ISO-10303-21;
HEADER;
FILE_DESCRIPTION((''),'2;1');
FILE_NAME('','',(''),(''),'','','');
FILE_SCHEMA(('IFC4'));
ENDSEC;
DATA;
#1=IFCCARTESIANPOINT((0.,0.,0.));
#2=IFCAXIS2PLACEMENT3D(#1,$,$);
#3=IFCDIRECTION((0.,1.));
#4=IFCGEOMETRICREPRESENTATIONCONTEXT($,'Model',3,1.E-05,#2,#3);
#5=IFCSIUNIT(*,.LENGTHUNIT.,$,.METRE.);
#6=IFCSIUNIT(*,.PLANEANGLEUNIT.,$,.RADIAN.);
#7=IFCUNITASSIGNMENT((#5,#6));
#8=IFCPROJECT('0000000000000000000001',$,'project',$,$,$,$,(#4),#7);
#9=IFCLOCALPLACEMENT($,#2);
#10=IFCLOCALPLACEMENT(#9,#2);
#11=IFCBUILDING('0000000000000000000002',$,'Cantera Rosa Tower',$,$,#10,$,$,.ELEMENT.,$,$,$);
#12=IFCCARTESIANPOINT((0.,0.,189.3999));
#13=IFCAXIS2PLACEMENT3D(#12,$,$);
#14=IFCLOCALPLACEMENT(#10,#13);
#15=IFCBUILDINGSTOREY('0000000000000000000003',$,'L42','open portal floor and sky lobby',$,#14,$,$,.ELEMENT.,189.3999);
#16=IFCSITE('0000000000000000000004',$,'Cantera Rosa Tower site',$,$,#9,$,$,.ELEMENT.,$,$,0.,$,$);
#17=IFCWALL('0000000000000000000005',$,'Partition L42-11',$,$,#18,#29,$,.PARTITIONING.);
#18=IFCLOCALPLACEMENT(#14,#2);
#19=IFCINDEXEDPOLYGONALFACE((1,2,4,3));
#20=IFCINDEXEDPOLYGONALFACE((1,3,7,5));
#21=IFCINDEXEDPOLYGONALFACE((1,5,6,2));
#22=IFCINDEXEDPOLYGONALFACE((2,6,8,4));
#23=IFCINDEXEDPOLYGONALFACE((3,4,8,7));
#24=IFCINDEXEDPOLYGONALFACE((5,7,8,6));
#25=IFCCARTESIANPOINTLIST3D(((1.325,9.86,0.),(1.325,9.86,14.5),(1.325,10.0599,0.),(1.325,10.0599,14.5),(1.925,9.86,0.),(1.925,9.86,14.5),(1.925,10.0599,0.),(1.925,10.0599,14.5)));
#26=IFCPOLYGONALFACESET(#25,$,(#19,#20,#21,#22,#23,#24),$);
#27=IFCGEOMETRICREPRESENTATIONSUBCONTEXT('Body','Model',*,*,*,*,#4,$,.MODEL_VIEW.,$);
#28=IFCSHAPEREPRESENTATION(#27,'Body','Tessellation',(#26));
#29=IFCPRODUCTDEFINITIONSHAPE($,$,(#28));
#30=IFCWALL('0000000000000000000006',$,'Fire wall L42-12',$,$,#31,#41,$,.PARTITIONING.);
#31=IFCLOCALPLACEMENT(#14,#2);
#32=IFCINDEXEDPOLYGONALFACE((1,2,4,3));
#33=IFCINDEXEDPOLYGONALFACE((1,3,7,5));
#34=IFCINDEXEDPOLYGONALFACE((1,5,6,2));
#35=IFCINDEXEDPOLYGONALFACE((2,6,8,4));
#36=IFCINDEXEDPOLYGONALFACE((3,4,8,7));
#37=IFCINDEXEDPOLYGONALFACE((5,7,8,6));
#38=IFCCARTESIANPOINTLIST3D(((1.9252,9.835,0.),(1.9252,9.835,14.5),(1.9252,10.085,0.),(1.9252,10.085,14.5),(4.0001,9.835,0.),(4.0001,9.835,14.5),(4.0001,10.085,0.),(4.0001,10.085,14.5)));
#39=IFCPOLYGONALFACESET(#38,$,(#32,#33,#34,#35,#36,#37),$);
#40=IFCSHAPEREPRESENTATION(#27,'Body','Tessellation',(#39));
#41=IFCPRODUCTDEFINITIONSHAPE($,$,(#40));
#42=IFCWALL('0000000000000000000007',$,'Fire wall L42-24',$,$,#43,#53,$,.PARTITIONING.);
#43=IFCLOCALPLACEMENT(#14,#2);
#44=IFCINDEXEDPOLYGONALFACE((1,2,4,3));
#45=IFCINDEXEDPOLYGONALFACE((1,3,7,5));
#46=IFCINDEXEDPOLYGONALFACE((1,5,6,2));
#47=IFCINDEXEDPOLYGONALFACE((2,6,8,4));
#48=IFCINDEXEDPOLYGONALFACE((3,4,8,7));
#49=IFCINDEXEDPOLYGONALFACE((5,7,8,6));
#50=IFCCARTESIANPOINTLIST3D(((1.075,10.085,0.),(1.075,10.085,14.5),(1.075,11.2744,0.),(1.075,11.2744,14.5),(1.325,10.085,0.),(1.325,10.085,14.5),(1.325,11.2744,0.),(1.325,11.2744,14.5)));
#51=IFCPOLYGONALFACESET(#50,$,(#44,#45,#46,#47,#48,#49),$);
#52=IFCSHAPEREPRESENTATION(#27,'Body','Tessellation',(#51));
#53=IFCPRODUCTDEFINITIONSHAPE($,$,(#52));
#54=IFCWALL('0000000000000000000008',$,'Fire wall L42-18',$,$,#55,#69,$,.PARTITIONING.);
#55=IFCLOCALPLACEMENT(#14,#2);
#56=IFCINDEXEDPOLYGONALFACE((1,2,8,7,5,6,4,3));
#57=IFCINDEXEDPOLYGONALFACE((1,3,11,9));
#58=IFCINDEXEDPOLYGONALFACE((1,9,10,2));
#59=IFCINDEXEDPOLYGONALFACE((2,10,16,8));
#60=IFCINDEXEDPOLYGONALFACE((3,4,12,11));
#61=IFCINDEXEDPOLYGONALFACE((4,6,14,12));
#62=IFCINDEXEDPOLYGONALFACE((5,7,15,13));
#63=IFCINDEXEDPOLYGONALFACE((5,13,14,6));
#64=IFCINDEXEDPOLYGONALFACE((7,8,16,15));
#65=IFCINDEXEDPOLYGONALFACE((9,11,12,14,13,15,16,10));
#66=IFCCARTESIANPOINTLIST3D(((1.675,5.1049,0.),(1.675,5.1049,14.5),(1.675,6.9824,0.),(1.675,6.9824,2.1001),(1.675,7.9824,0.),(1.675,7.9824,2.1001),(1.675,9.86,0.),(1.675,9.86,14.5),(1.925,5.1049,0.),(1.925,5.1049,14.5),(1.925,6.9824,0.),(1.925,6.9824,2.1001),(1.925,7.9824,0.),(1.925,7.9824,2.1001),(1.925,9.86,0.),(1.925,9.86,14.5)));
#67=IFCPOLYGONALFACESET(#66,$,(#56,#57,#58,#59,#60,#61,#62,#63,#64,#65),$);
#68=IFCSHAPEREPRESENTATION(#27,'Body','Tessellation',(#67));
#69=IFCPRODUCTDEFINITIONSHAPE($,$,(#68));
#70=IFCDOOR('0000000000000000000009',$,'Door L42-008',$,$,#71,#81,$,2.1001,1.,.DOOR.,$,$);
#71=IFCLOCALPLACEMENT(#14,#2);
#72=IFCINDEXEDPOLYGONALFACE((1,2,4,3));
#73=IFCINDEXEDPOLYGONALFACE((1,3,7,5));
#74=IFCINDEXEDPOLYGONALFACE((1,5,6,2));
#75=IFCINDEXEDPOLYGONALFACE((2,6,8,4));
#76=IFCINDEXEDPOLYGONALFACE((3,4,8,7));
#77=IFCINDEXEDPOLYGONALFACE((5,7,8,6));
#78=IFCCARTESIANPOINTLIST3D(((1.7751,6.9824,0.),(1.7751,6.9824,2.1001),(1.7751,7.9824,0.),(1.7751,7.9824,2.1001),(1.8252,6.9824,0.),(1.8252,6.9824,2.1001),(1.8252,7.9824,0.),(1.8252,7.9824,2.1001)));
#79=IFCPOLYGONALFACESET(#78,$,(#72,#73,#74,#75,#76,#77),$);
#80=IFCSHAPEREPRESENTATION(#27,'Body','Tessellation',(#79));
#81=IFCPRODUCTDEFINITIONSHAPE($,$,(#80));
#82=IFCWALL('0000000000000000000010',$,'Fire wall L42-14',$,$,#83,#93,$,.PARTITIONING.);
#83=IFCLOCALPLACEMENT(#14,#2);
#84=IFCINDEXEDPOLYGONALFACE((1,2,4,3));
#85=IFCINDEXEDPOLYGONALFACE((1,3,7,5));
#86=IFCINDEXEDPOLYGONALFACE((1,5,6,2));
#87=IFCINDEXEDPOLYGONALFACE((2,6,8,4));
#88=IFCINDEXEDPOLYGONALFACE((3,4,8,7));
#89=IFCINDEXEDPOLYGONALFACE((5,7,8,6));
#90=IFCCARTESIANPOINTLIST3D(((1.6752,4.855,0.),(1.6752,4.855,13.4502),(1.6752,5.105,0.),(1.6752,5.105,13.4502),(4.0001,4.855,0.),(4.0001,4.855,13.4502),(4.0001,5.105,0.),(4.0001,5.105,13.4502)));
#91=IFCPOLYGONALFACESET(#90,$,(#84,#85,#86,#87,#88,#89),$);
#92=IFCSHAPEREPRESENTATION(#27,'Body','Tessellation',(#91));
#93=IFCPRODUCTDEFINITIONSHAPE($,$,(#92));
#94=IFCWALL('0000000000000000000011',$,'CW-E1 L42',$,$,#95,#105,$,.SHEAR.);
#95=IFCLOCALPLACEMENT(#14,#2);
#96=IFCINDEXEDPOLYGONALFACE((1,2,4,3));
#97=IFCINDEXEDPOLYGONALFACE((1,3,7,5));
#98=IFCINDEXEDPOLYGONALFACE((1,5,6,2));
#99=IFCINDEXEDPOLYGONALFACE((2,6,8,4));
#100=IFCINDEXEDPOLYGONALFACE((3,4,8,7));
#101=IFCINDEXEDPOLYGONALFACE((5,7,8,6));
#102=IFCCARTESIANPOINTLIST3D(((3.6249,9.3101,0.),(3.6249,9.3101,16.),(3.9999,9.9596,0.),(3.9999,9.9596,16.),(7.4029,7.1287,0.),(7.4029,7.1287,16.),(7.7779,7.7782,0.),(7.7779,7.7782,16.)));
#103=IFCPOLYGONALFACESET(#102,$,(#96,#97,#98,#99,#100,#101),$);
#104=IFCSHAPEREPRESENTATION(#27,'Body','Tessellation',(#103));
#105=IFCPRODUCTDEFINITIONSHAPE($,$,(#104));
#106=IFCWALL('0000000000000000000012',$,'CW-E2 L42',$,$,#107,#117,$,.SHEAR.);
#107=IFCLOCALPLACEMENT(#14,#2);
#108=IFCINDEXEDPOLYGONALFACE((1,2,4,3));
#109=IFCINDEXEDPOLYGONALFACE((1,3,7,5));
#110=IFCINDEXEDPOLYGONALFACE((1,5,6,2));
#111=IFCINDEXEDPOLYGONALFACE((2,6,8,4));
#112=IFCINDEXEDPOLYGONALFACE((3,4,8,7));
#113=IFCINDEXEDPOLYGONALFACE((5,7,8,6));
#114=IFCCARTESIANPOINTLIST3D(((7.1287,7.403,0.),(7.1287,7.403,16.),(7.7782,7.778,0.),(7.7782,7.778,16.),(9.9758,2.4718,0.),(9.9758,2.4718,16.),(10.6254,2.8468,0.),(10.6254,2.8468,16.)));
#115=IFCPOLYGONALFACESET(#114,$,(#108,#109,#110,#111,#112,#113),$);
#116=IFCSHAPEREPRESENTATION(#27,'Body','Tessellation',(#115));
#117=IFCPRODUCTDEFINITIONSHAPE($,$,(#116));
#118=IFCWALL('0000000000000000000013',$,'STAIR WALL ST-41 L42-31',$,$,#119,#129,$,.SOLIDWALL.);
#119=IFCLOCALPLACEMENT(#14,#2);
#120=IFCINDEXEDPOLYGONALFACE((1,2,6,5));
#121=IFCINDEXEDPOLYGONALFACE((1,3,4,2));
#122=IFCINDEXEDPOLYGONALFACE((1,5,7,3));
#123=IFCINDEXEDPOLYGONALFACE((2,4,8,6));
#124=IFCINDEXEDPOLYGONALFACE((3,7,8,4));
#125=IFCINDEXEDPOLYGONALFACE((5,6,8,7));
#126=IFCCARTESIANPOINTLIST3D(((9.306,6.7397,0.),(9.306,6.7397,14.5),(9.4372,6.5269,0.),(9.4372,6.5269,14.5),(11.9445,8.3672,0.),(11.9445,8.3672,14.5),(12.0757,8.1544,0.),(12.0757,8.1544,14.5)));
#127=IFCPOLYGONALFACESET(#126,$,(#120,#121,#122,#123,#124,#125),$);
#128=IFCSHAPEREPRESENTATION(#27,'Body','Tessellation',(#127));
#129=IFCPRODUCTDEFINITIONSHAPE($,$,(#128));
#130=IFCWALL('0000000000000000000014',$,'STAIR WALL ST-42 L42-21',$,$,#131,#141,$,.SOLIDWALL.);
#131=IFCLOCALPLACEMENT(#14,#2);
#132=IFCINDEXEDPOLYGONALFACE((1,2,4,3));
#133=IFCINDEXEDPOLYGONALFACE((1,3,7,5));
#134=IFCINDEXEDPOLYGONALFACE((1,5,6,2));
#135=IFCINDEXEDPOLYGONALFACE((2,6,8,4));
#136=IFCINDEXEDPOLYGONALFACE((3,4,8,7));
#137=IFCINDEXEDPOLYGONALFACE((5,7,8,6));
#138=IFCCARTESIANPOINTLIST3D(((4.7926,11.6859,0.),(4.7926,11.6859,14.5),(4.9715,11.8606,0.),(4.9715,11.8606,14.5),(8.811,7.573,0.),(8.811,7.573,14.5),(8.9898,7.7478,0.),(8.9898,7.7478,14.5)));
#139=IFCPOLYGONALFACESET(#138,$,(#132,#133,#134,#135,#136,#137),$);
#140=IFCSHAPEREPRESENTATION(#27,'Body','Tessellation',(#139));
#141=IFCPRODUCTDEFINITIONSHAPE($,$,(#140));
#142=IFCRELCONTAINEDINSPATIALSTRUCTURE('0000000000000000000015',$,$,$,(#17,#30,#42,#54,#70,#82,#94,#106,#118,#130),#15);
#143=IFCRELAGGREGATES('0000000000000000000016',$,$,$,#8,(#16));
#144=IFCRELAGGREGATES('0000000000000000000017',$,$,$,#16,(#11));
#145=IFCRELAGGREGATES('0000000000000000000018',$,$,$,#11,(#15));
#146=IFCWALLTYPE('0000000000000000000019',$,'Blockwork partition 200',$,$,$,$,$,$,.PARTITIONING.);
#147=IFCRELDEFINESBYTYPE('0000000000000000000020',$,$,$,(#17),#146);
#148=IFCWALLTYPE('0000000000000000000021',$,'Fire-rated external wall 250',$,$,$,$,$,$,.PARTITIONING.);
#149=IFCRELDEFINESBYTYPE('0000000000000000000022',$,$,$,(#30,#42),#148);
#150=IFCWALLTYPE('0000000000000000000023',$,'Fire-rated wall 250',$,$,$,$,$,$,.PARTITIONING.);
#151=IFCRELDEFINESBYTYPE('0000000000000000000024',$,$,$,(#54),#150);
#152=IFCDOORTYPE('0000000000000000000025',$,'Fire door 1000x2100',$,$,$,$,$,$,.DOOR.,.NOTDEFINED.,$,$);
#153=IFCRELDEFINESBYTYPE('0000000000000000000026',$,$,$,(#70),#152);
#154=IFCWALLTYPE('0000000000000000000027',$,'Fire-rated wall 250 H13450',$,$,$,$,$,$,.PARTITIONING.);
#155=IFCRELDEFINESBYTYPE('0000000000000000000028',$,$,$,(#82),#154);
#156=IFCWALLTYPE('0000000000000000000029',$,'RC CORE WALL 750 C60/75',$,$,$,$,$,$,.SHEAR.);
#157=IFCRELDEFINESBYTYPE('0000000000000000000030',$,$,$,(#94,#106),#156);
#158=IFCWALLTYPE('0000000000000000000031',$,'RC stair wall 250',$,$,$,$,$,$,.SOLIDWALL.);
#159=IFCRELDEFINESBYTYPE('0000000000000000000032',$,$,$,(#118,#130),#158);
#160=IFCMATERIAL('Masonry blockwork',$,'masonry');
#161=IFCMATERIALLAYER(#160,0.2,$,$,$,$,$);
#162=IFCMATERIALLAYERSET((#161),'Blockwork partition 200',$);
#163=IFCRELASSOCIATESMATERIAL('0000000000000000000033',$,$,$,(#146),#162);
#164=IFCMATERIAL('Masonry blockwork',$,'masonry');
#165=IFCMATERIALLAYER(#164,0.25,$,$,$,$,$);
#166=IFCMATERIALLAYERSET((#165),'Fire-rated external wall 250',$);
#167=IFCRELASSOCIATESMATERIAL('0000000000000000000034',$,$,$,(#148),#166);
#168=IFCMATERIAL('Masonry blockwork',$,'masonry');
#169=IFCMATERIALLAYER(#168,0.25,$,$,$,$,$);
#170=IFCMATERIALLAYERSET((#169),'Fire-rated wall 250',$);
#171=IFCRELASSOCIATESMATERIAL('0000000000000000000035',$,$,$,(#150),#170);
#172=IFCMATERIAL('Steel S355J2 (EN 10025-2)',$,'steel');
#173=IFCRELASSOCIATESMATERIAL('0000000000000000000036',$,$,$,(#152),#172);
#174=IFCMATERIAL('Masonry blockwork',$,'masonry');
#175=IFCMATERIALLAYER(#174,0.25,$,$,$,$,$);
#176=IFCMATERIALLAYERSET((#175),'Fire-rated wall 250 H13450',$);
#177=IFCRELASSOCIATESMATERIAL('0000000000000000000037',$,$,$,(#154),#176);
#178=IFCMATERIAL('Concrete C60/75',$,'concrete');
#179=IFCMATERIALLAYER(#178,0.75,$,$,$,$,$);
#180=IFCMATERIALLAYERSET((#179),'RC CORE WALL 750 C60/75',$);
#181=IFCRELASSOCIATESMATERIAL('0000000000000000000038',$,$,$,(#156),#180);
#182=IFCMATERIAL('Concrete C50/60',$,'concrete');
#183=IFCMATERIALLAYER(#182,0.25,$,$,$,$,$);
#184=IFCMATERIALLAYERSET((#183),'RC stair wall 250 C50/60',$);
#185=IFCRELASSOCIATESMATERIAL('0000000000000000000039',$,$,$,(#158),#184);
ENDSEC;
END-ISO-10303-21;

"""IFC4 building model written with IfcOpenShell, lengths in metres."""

from ifc_helpers import new_model, si_unit, direction, frame, frame_2d, origin, place, context, subcontext, project, spatial, rectangle, extrude, material, layer, layer_set, type_object, element, fill, save


model = new_model("IFC4")

# Units and contexts
model_context = context("Model", 3, precision=1e-05, world=origin(), true_north=direction((0.0, 1.0)))
body_context = subcontext(model_context, "Body", "Model", "MODEL_VIEW")
ifc_project = project(units=[si_unit("LENGTHUNIT", "METRE"), si_unit("PLANEANGLEUNIT", "RADIAN")], contexts=[model_context])

# Site, building, storey
site_placement = place(None, origin())
site = spatial("IfcSite", under=ifc_project, at=site_placement, Name="Cantera Rosa Tower site", CompositionType="ELEMENT", RefElevation=0.0)
building_placement = place(site_placement, origin())
building = spatial("IfcBuilding", under=site, at=building_placement, Name="Cantera Rosa Tower", CompositionType="ELEMENT")
storey_placement = place(building_placement, frame((0.0, 0.0, 189.3999)))
storey = spatial("IfcBuildingStorey", under=building, at=storey_placement, Name="L42", Description="open portal floor and sky lobby", CompositionType="ELEMENT", Elevation=189.3999)

# Walls
ifc_material_1 = material(Name="Masonry blockwork", Category="masonry")
ifc_layer_1 = layer(ifc_material_1, 0.2)
ifc_layer_set_1 = layer_set([ifc_layer_1], Name="Blockwork partition 200")
wall_type_1 = type_object("IfcWallType", Name="Blockwork partition 200", PredefinedType="PARTITIONING", material=ifc_layer_set_1)
wall_1_placement = place(storey_placement, frame((1.325, 9.96, 0.0), z_axis=(0.0, 0.0, 1.0), x_axis=(1.0, 0.0, 0.0)))
element("IfcWall", 1, at=wall_1_placement, inside=storey, type_object=wall_type_1, Name="Partition L42-11", PredefinedType="PARTITIONING", context=body_context, shape_type="SweptSolid", body=[
    extrude(rectangle(XDim=0.6001, YDim=0.2, at=frame_2d((0.3, 0.0))), origin(), (0.0, 0.0, 1.0), 14.5),
])
ifc_material_2 = material(Name="Masonry blockwork", Category="masonry")
ifc_layer_2 = layer(ifc_material_2, 0.25)
ifc_layer_set_2 = layer_set([ifc_layer_2], Name="Fire-rated external wall 250")
wall_type_2 = type_object("IfcWallType", Name="Fire-rated external wall 250", PredefinedType="PARTITIONING", material=ifc_layer_set_2)
wall_2_placement = place(storey_placement, frame((1.925, 9.96, 0.0), z_axis=(0.0, 0.0, 1.0), x_axis=(1.0, 0.0, 0.0)))
element("IfcWall", 2, at=wall_2_placement, inside=storey, type_object=wall_type_2, Name="Fire wall L42-12", PredefinedType="PARTITIONING", context=body_context, shape_type="SweptSolid", body=[
    extrude(rectangle(XDim=2.075, YDim=0.25, at=frame_2d((1.0376, 0.0))), origin(), (0.0, 0.0, 1.0), 14.5),
])
wall_3_placement = place(storey_placement, frame((1.2, 10.085, 0.0), z_axis=(0.0, 0.0, 1.0), x_axis=(0.0, 1.0, 0.0)))
element("IfcWall", 3, at=wall_3_placement, inside=storey, type_object=wall_type_2, Name="Fire wall L42-24", PredefinedType="PARTITIONING", context=body_context, shape_type="SweptSolid", body=[
    extrude(rectangle(XDim=1.1895, YDim=0.25, at=frame_2d((0.5947, 0.0))), origin(), (0.0, 0.0, 1.0), 14.5),
])

# Wall, opening, door
ifc_material_3 = material(Name="Masonry blockwork", Category="masonry")
ifc_layer_3 = layer(ifc_material_3, 0.25)
ifc_layer_set_3 = layer_set([ifc_layer_3], Name="Fire-rated wall 250")
wall_type_3 = type_object("IfcWallType", Name="Fire-rated wall 250", PredefinedType="PARTITIONING", material=ifc_layer_set_3)
wall_4_placement = place(storey_placement, frame((1.8, 5.105, 0.0), z_axis=(0.0, 0.0, 1.0), x_axis=(0.0, 1.0, 0.0)))
wall_4 = element("IfcWall", 4, at=wall_4_placement, inside=storey, type_object=wall_type_3, Name="Fire wall L42-18", PredefinedType="PARTITIONING", context=body_context, shape_type="SweptSolid", body=[
    extrude(rectangle(XDim=4.7551, YDim=0.25, at=frame_2d((2.3774, 0.0))), origin(), (0.0, 0.0, 1.0), 14.5),
])
opening_placement = place(wall_4_placement, frame((1.8774, 0.0, 0.0)))
opening = element("IfcOpeningElement", 5, at=opening_placement, cuts=wall_4, PredefinedType="OPENING", context=body_context, shape_type="SweptSolid", body=[
    extrude(rectangle(XDim=1.0, YDim=2.1001, at=frame_2d((0.5, 1.05))), frame((0.0, 0.135, 0.0), z_axis=(0.0, -1.0, 0.0), x_axis=(1.0, 0.0, 0.0)), (0.0, 0.0, 1.0), 0.27),
])
ifc_material_4 = material(Name="Steel S355J2 (EN 10025-2)", Category="steel")
door_type = type_object("IfcDoorType", Name="Fire door 1000x2100", OperationType="NOTDEFINED", PredefinedType="DOOR", material=ifc_material_4)
door_placement = place(opening_placement, origin())
door = element("IfcDoor", 6, at=door_placement, inside=storey, type_object=door_type, Name="Door L42-008", OverallHeight=2.1001, OverallWidth=1.0, PredefinedType="DOOR", context=body_context, shape_type="SweptSolid", body=[
    extrude(rectangle(XDim=1.0, YDim=2.1001, at=frame_2d((0.5, 1.05))), frame((0.0, 0.0249, 0.0), z_axis=(0.0, -1.0, 0.0), x_axis=(1.0, 0.0, 0.0)), (0.0, 0.0, 1.0), 0.05),
])
fill(opening, door)

# Walls
ifc_material_5 = material(Name="Masonry blockwork", Category="masonry")
ifc_layer_4 = layer(ifc_material_5, 0.25)
ifc_layer_set_4 = layer_set([ifc_layer_4], Name="Fire-rated wall 250 H13450")
wall_type_4 = type_object("IfcWallType", Name="Fire-rated wall 250 H13450", PredefinedType="PARTITIONING", material=ifc_layer_set_4)
wall_5_placement = place(storey_placement, frame((1.675, 4.98, 0.0), z_axis=(0.0, 0.0, 1.0), x_axis=(1.0, 0.0, 0.0)))
element("IfcWall", 7, at=wall_5_placement, inside=storey, type_object=wall_type_4, Name="Fire wall L42-14", PredefinedType="PARTITIONING", context=body_context, shape_type="SweptSolid", body=[
    extrude(rectangle(XDim=2.325, YDim=0.25, at=frame_2d((1.1626, 0.0))), origin(), (0.0, 0.0, 1.0), 13.4502),
])
ifc_material_6 = material(Name="Concrete C60/75", Category="concrete")
ifc_layer_5 = layer(ifc_material_6, 0.75)
ifc_layer_set_5 = layer_set([ifc_layer_5], Name="RC CORE WALL 750 C60/75")
wall_type_5 = type_object("IfcWallType", Name="RC CORE WALL 750 C60/75", PredefinedType="SHEAR", material=ifc_layer_set_5)
wall_6_placement = place(storey_placement, frame((3.8125, 9.6348, 0.0), z_axis=(0.0, 0.0, 1.0), x_axis=(0.866013, -0.500021, 0.0)))
element("IfcWall", 8, at=wall_6_placement, inside=storey, type_object=wall_type_5, Name="CW-E1 L42", PredefinedType="SHEAR", context=body_context, shape_type="SweptSolid", body=[
    extrude(rectangle(XDim=4.3625, YDim=0.75, at=frame_2d((2.1812, 0.0))), origin(), (0.0, 0.0, 1.0), 16.0),
])
wall_7_placement = place(storey_placement, frame((7.4534, 7.5906, 0.0), z_axis=(0.0, 0.0, 1.0), x_axis=(0.500022, -0.866013, 0.0)))
element("IfcWall", 9, at=wall_7_placement, inside=storey, type_object=wall_type_5, Name="CW-E2 L42", PredefinedType="SHEAR", context=body_context, shape_type="SweptSolid", body=[
    extrude(rectangle(XDim=5.6941, YDim=0.75, at=frame_2d((2.8472, 0.0))), origin(), (0.0, 0.0, 1.0), 16.0),
])
ifc_material_7 = material(Name="Concrete C50/60", Category="concrete")
ifc_layer_6 = layer(ifc_material_7, 0.25)
ifc_layer_set_6 = layer_set([ifc_layer_6], Name="RC stair wall 250 C50/60")
wall_type_6 = type_object("IfcWallType", Name="RC stair wall 250", PredefinedType="SOLIDWALL", material=ifc_layer_set_6)
wall_8_placement = place(storey_placement, frame((9.3716, 6.6333, 0.0), z_axis=(0.0, 0.0, 1.0), x_axis=(0.851112, 0.524985, 0.0)))
element("IfcWall", 10, at=wall_8_placement, inside=storey, type_object=wall_type_6, Name="STAIR WALL ST-41 L42-31", PredefinedType="SOLIDWALL", context=body_context, shape_type="SweptSolid", body=[
    extrude(rectangle(XDim=3.1001, YDim=0.25, at=frame_2d((1.55, 0.0))), origin(), (0.0, 0.0, 1.0), 14.5),
])
wall_9_placement = place(storey_placement, frame((8.9004, 7.6604, 0.0), z_axis=(0.0, 0.0, 1.0), x_axis=(-0.698843, 0.715275, 0.0)))
element("IfcWall", 11, at=wall_9_placement, inside=storey, type_object=wall_type_6, Name="STAIR WALL ST-42 L42-21", PredefinedType="SOLIDWALL", context=body_context, shape_type="SweptSolid", body=[
    extrude(rectangle(XDim=5.75, YDim=0.25, at=frame_2d((2.875, 0.0))), origin(), (0.0, 0.0, 1.0), 14.5),
])

save(model, "model.ifc")
